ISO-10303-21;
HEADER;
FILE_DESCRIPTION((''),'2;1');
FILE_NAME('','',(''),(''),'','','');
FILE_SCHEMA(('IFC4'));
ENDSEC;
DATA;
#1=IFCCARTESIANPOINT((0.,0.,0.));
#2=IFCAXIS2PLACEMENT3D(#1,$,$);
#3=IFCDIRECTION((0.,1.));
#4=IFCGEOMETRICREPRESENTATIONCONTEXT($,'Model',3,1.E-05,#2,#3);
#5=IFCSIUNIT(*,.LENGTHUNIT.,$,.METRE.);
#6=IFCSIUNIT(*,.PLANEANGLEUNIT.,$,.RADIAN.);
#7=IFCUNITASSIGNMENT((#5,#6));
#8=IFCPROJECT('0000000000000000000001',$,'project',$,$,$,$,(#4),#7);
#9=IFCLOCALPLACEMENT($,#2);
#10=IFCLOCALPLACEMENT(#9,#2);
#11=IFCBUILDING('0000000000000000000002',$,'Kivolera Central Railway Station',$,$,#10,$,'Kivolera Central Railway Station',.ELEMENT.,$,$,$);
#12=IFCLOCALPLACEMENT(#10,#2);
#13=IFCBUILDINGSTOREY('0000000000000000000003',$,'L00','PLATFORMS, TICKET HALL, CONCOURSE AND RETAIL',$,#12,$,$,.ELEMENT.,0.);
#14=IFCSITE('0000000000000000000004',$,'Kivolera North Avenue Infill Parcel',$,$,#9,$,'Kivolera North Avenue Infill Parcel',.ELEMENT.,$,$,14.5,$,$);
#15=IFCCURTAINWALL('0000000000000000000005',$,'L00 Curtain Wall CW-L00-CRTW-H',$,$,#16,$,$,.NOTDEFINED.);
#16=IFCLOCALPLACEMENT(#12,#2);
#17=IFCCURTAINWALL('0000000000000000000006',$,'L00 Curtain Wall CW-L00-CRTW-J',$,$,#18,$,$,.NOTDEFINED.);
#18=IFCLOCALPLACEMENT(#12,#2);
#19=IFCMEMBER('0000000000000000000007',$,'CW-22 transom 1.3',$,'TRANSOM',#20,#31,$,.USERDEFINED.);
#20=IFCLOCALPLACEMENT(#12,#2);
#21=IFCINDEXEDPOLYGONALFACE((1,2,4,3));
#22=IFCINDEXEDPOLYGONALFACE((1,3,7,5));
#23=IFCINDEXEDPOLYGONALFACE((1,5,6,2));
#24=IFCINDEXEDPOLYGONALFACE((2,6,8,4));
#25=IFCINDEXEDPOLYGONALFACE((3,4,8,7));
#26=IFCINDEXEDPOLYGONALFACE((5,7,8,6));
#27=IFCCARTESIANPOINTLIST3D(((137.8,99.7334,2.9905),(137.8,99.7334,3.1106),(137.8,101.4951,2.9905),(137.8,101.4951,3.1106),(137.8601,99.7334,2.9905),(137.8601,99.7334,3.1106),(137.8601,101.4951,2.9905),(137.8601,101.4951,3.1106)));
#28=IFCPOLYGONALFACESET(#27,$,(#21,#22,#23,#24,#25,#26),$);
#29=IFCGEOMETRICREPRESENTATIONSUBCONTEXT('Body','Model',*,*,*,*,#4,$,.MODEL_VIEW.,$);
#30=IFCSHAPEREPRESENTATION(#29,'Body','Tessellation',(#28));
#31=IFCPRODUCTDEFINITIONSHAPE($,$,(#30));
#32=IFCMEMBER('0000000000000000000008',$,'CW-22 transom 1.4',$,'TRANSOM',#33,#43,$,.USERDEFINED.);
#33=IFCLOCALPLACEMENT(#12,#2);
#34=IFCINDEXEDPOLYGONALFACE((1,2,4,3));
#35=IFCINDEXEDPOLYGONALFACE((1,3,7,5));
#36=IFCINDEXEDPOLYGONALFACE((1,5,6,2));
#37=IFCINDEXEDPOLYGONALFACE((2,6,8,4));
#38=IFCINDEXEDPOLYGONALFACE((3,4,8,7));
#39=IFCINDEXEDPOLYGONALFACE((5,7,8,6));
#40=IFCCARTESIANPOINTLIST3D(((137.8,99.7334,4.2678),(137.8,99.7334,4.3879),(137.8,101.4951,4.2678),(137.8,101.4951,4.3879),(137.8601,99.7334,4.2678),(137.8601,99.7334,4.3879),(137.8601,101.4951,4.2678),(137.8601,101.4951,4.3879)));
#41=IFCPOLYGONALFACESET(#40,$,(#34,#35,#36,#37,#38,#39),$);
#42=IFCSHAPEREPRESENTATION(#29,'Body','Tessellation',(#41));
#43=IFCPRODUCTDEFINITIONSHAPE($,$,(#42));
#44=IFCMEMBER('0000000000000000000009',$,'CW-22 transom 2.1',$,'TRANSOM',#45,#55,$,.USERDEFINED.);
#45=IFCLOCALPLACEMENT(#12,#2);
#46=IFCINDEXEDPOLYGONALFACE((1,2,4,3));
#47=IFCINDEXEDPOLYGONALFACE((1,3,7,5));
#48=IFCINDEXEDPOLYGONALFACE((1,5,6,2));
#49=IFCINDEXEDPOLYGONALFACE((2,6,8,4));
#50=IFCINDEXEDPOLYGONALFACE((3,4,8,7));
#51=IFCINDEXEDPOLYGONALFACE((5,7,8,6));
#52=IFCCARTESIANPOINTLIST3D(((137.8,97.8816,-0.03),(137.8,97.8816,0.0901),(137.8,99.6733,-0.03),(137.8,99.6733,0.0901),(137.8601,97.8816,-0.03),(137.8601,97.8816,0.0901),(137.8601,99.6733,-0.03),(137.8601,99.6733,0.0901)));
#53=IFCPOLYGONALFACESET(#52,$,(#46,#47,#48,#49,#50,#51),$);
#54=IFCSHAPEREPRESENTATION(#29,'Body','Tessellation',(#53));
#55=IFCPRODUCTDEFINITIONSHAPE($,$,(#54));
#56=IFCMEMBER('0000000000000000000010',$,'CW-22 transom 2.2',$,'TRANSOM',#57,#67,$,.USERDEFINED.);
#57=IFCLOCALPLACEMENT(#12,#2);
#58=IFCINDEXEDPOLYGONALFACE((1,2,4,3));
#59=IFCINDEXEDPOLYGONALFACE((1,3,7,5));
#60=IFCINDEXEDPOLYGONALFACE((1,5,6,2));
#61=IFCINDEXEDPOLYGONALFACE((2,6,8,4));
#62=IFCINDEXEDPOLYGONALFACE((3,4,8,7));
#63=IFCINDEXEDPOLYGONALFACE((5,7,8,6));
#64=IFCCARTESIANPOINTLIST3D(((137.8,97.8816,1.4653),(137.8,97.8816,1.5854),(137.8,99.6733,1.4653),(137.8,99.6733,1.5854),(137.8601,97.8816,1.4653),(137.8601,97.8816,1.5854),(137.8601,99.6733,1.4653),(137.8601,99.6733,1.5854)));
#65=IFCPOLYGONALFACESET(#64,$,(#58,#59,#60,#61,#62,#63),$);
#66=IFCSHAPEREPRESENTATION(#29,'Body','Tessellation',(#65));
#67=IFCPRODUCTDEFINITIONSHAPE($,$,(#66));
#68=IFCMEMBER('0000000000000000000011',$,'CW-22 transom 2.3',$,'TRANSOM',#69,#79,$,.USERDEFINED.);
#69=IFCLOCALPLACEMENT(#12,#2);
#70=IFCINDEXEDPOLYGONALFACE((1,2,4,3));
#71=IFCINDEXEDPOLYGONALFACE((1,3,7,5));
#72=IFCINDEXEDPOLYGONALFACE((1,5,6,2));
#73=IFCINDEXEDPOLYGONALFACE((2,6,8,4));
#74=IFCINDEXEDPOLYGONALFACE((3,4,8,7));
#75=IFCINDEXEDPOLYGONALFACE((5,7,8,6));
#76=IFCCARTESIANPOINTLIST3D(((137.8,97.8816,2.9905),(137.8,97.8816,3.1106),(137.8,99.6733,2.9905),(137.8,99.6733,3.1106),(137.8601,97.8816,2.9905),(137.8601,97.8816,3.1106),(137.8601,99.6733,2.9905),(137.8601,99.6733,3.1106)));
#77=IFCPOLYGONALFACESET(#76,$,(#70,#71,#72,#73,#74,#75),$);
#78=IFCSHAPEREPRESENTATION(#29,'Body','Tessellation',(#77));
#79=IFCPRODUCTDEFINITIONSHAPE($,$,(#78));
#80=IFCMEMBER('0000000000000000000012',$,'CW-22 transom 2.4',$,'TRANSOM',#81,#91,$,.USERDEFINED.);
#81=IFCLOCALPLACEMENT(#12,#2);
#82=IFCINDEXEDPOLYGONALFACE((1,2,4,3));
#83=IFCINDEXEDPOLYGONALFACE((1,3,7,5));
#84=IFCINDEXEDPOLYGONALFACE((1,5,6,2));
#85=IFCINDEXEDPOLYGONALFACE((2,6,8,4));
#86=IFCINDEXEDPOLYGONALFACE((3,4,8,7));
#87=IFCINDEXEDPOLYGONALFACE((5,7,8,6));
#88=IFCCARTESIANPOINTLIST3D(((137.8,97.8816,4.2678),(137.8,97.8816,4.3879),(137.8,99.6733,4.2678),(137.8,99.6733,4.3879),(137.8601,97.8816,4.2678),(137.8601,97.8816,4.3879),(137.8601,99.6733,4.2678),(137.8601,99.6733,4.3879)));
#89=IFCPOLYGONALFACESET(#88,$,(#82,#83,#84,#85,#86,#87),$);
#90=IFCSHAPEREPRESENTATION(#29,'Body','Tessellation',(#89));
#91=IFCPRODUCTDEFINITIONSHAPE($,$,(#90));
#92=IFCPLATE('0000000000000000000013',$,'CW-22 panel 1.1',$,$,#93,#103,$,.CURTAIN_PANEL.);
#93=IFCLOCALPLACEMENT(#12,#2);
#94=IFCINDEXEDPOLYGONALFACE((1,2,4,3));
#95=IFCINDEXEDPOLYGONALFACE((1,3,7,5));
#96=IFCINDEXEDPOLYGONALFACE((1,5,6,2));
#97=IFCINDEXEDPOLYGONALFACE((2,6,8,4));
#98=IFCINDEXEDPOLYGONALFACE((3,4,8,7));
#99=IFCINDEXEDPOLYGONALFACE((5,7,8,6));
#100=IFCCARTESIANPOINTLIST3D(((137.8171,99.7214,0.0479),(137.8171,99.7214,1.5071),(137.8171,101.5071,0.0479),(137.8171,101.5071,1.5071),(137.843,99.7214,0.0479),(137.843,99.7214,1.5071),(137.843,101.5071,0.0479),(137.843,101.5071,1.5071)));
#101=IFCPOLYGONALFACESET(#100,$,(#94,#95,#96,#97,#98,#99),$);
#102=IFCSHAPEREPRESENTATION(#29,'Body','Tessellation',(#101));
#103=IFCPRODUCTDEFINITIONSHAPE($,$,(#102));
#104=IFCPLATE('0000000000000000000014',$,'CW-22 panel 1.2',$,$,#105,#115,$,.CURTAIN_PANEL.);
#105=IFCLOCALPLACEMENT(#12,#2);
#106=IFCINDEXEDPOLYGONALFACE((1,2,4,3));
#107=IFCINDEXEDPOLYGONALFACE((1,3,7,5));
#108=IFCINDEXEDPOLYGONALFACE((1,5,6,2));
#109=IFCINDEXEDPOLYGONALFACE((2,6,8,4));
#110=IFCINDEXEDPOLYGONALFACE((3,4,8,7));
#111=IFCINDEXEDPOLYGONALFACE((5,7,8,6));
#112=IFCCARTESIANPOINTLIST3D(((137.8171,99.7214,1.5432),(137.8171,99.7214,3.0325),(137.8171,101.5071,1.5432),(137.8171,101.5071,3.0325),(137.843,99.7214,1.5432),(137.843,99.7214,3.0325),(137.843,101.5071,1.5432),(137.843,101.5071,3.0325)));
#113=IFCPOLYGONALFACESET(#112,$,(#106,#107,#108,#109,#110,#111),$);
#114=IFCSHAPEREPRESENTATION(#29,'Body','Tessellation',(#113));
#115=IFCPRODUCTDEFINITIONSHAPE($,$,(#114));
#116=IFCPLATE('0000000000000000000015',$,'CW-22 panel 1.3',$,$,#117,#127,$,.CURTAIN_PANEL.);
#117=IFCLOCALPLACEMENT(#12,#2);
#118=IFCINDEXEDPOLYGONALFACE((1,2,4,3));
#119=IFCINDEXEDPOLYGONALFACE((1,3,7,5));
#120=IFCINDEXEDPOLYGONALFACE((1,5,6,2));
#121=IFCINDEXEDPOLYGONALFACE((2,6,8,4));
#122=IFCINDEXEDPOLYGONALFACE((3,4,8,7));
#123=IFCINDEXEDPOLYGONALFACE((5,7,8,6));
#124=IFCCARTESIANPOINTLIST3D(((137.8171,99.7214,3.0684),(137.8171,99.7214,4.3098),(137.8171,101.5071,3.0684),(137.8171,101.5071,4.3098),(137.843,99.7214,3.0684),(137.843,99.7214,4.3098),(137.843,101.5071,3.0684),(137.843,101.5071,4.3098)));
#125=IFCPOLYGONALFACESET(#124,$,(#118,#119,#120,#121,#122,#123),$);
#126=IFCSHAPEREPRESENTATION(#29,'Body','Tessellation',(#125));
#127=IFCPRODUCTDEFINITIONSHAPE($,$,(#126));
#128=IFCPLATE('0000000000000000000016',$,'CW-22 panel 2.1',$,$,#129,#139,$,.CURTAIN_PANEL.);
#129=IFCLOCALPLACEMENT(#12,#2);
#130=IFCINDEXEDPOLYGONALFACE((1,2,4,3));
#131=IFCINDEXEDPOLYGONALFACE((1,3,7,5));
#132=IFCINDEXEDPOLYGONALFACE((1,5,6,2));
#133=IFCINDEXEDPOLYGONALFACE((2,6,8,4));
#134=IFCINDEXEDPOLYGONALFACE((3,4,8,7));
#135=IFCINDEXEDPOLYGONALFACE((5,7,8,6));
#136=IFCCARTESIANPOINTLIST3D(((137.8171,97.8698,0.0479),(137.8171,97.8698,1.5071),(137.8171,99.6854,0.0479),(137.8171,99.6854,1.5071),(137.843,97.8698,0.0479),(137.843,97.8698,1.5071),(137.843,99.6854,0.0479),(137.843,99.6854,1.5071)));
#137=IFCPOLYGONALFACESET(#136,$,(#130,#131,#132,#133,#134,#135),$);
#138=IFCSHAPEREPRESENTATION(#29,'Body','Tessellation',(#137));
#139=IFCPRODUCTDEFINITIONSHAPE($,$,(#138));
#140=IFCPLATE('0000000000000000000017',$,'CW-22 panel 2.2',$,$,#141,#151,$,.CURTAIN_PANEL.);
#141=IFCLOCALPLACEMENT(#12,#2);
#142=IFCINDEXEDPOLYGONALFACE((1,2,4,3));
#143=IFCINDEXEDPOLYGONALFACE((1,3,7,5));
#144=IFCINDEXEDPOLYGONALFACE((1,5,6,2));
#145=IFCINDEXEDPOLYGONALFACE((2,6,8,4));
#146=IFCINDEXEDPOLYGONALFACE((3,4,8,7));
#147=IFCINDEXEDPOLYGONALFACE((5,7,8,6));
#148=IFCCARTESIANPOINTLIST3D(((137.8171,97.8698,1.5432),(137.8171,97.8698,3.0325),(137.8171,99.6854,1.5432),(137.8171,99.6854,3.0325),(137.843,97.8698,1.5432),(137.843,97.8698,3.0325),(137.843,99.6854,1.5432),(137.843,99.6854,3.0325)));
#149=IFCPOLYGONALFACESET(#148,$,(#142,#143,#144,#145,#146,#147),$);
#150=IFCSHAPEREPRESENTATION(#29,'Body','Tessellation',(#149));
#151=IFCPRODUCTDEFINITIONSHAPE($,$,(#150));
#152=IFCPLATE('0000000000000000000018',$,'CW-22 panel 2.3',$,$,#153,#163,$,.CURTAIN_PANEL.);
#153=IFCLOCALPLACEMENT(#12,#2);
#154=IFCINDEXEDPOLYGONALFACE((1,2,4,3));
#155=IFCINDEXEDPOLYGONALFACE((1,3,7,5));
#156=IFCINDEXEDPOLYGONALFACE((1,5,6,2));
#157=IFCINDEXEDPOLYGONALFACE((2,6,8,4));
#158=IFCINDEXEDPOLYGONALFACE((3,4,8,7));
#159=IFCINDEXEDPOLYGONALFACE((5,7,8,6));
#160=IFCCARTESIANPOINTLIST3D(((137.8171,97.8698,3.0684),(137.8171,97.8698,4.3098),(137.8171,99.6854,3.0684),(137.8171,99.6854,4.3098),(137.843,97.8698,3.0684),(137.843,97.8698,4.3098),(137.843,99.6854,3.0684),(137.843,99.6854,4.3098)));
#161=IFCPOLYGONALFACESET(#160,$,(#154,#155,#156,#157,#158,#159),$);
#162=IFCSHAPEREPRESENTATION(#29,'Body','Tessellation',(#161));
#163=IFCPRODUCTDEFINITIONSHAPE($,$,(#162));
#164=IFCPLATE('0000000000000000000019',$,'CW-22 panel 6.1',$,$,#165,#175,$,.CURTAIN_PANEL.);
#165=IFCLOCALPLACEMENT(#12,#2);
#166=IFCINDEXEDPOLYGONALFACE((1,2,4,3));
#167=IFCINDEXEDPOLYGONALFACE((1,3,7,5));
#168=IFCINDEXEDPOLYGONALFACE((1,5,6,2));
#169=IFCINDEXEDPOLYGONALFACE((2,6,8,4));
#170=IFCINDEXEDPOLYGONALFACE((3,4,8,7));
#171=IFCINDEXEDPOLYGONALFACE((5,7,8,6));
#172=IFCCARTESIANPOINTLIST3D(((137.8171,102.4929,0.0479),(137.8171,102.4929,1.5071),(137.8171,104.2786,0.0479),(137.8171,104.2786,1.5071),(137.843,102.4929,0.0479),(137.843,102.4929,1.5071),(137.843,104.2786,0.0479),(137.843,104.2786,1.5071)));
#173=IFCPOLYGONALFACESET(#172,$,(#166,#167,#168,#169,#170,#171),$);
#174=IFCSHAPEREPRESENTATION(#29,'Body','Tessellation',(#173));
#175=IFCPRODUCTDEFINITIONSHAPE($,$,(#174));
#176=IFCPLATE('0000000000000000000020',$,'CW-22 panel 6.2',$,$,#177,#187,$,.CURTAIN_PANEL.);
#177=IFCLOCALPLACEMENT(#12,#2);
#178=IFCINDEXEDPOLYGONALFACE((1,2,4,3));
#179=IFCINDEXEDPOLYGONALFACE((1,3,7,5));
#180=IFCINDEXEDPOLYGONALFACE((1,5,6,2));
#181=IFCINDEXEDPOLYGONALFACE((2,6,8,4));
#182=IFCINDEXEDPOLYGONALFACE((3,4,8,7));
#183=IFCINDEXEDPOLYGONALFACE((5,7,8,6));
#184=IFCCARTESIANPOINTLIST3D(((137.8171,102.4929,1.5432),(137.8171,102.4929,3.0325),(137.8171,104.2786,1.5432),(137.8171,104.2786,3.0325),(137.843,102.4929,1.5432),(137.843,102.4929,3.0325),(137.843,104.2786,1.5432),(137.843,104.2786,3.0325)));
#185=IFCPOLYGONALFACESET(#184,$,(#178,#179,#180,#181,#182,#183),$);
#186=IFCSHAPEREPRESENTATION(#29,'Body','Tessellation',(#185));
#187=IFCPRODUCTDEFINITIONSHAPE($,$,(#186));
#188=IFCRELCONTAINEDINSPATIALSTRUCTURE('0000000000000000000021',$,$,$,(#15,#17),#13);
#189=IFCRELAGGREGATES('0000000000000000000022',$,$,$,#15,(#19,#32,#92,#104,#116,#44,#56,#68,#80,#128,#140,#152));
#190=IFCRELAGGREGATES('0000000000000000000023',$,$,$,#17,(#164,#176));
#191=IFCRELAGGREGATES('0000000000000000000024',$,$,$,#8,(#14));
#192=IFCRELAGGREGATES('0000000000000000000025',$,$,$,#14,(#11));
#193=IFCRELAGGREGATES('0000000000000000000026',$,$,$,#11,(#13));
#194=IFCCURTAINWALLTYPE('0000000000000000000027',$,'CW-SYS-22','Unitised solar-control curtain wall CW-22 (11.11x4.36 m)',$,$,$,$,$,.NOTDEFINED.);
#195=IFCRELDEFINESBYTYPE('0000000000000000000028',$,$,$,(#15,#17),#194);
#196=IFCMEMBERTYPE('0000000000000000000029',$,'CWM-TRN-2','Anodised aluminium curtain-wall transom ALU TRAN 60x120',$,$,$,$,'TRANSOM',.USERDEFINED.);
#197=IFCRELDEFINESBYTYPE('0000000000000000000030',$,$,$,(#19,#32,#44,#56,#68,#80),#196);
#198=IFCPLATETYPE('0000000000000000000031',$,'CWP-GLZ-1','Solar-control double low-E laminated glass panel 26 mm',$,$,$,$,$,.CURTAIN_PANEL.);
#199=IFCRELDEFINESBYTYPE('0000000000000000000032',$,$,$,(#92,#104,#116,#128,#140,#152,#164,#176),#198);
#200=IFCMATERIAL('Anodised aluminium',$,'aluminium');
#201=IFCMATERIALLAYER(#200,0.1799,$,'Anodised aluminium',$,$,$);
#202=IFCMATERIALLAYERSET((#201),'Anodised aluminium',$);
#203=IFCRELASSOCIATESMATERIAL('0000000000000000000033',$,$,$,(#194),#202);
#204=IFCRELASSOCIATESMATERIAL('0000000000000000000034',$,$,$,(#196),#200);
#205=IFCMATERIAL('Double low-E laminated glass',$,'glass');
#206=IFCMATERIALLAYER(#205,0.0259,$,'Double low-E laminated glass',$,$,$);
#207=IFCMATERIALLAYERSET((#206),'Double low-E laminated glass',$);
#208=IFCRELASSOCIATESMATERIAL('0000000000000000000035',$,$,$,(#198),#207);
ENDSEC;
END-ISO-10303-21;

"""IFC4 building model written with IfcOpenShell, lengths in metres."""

from ifc_helpers import new_model, si_unit, direction, frame, origin, origin_2d, place, context, subcontext, project, spatial, rectangle, extrude, material, layer, layer_set, material_profile, profile_set, type_object, element, aggregate, save


model = new_model("IFC4")

# Units and contexts
model_context = context("Model", 3, precision=1e-05, world=origin(), true_north=direction((0.0, 1.0)))
body_context = subcontext(model_context, "Body", "Model", "MODEL_VIEW")
ifc_project = project(units=[si_unit("LENGTHUNIT", "METRE"), si_unit("PLANEANGLEUNIT", "RADIAN")], contexts=[model_context])

# Site, building, storey
site_placement = place(None, origin())
site = spatial("IfcSite", under=ifc_project, at=site_placement, Name="Kivolera North Avenue Infill Parcel", LongName="Kivolera North Avenue Infill Parcel", CompositionType="ELEMENT", RefElevation=14.5)
building_placement = place(site_placement, origin())
building = spatial("IfcBuilding", under=site, at=building_placement, Name="Kivolera Central Railway Station", LongName="Kivolera Central Railway Station", CompositionType="ELEMENT")
storey_placement = place(building_placement, origin())
storey = spatial("IfcBuildingStorey", under=building, at=storey_placement, Name="L00", Description="PLATFORMS, TICKET HALL, CONCOURSE AND RETAIL", CompositionType="ELEMENT", Elevation=0.0)

# Curtain wall
ifc_material_1 = material(Name="Anodised aluminium", Category="aluminium")
ifc_layer_1 = layer(ifc_material_1, 0.1799, Name="Anodised aluminium")
ifc_layer_set_1 = layer_set([ifc_layer_1], Name="Anodised aluminium")
curtain_wall_type = type_object("IfcCurtainWallType", Name="CW-SYS-22", Description="Unitised solar-control curtain wall CW-22 (11.11x4.36 m)", PredefinedType="NOTDEFINED", material=ifc_layer_set_1)
curtain_wall_1_placement = place(storey_placement, origin())
curtain_wall_1 = element("IfcCurtainWall", 1, at=curtain_wall_1_placement, inside=storey, type_object=curtain_wall_type, Name="L00 Curtain Wall CW-L00-CRTW-H", PredefinedType="NOTDEFINED")

# Curtain wall
curtain_wall_2_placement = place(storey_placement, origin())
curtain_wall_2 = element("IfcCurtainWall", 2, at=curtain_wall_2_placement, inside=storey, type_object=curtain_wall_type, Name="L00 Curtain Wall CW-L00-CRTW-J", PredefinedType="NOTDEFINED")

# Members
ifc_material_profile_1 = material_profile(ifc_material_1, rectangle(XDim=0.0601, YDim=0.1201, at=origin_2d()), Name="ALU TRAN 60x120")
ifc_profile_set_1 = profile_set([ifc_material_profile_1], Name="Anodised aluminium")
member_type_1 = type_object("IfcMemberType", Name="CWM-TRN-2", Description="Anodised aluminium curtain-wall transom ALU TRAN 60x120", ElementType="TRANSOM", PredefinedType="USERDEFINED", material=ifc_profile_set_1)
member_1_placement = place(storey_placement, frame((137.8301, 101.4951, 3.0505), z_axis=(0.0, -1.0, 0.0), x_axis=(1.0, 0.0, 0.0)))
member_1 = element("IfcMember", 3, at=member_1_placement, type_object=member_type_1, Name="CW-22 transom 1.3", ObjectType="TRANSOM", PredefinedType="USERDEFINED", context=body_context, shape_type="SweptSolid", body=[
    extrude(rectangle(XDim=0.0601, YDim=0.1201, at=origin_2d()), origin(), (0.0, 0.0, 1.0), 1.7617),
])
member_2_placement = place(storey_placement, frame((137.8301, 101.4951, 4.3279), z_axis=(0.0, -1.0, 0.0), x_axis=(1.0, 0.0, 0.0)))
member_2 = element("IfcMember", 4, at=member_2_placement, type_object=member_type_1, Name="CW-22 transom 1.4", ObjectType="TRANSOM", PredefinedType="USERDEFINED", context=body_context, shape_type="SweptSolid", body=[
    extrude(rectangle(XDim=0.0601, YDim=0.1201, at=origin_2d()), origin(), (0.0, 0.0, 1.0), 1.7617),
])
member_3_placement = place(storey_placement, frame((137.8301, 99.6733, 0.03), z_axis=(0.0, -1.0, 0.0), x_axis=(1.0, 0.0, 0.0)))
member_3 = element("IfcMember", 5, at=member_3_placement, type_object=member_type_1, Name="CW-22 transom 2.1", ObjectType="TRANSOM", PredefinedType="USERDEFINED", context=body_context, shape_type="SweptSolid", body=[
    extrude(rectangle(XDim=0.0601, YDim=0.1201, at=origin_2d()), origin(), (0.0, 0.0, 1.0), 1.7917),
])
member_4_placement = place(storey_placement, frame((137.8301, 99.6733, 1.5254), z_axis=(0.0, -1.0, 0.0), x_axis=(1.0, 0.0, 0.0)))
member_4 = element("IfcMember", 6, at=member_4_placement, type_object=member_type_1, Name="CW-22 transom 2.2", ObjectType="TRANSOM", PredefinedType="USERDEFINED", context=body_context, shape_type="SweptSolid", body=[
    extrude(rectangle(XDim=0.0601, YDim=0.1201, at=origin_2d()), origin(), (0.0, 0.0, 1.0), 1.7917),
])
member_5_placement = place(storey_placement, frame((137.8301, 99.6733, 3.0505), z_axis=(0.0, -1.0, 0.0), x_axis=(1.0, 0.0, 0.0)))
member_5 = element("IfcMember", 7, at=member_5_placement, type_object=member_type_1, Name="CW-22 transom 2.3", ObjectType="TRANSOM", PredefinedType="USERDEFINED", context=body_context, shape_type="SweptSolid", body=[
    extrude(rectangle(XDim=0.0601, YDim=0.1201, at=origin_2d()), origin(), (0.0, 0.0, 1.0), 1.7917),
])
member_6_placement = place(storey_placement, frame((137.8301, 99.6733, 4.3279), z_axis=(0.0, -1.0, 0.0), x_axis=(1.0, 0.0, 0.0)))
member_6 = element("IfcMember", 8, at=member_6_placement, type_object=member_type_1, Name="CW-22 transom 2.4", ObjectType="TRANSOM", PredefinedType="USERDEFINED", context=body_context, shape_type="SweptSolid", body=[
    extrude(rectangle(XDim=0.0601, YDim=0.1201, at=origin_2d()), origin(), (0.0, 0.0, 1.0), 1.7917),
])

# Plates
ifc_material_2 = material(Name="Double low-E laminated glass", Category="glass")
ifc_layer_2 = layer(ifc_material_2, 0.0259, Name="Double low-E laminated glass")
ifc_layer_set_2 = layer_set([ifc_layer_2], Name="Double low-E laminated glass")
plate_type = type_object("IfcPlateType", Name="CWP-GLZ-1", Description="Solar-control double low-E laminated glass panel 26 mm", PredefinedType="CURTAIN_PANEL", material=ifc_layer_set_2)
plate_1_placement = place(storey_placement, frame((137.8301, 100.6143, 0.0479), z_axis=(0.0, 0.0, 1.0), x_axis=(0.0, -1.0, 0.0)))
plate_1 = element("IfcPlate", 9, at=plate_1_placement, type_object=plate_type, Name="CW-22 panel 1.1", PredefinedType="CURTAIN_PANEL", context=body_context, shape_type="SweptSolid", body=[
    extrude(rectangle(XDim=1.7856, YDim=0.0259, at=origin_2d()), origin(), (0.0, 0.0, 1.0), 1.4592),
])
plate_2_placement = place(storey_placement, frame((137.8301, 100.6143, 1.5432), z_axis=(0.0, 0.0, 1.0), x_axis=(0.0, -1.0, 0.0)))
plate_2 = element("IfcPlate", 10, at=plate_2_placement, type_object=plate_type, Name="CW-22 panel 1.2", PredefinedType="CURTAIN_PANEL", context=body_context, shape_type="SweptSolid", body=[
    extrude(rectangle(XDim=1.7856, YDim=0.0259, at=origin_2d()), origin(), (0.0, 0.0, 1.0), 1.4893),
])
plate_3_placement = place(storey_placement, frame((137.8301, 100.6143, 3.0684), z_axis=(0.0, 0.0, 1.0), x_axis=(0.0, -1.0, 0.0)))
plate_3 = element("IfcPlate", 11, at=plate_3_placement, type_object=plate_type, Name="CW-22 panel 1.3", PredefinedType="CURTAIN_PANEL", context=body_context, shape_type="SweptSolid", body=[
    extrude(rectangle(XDim=1.7856, YDim=0.0259, at=origin_2d()), origin(), (0.0, 0.0, 1.0), 1.2415),
])
plate_4_placement = place(storey_placement, frame((137.8301, 98.7776, 0.0479), z_axis=(0.0, 0.0, 1.0), x_axis=(0.0, -1.0, 0.0)))
plate_4 = element("IfcPlate", 12, at=plate_4_placement, type_object=plate_type, Name="CW-22 panel 2.1", PredefinedType="CURTAIN_PANEL", context=body_context, shape_type="SweptSolid", body=[
    extrude(rectangle(XDim=1.8157, YDim=0.0259, at=origin_2d()), origin(), (0.0, 0.0, 1.0), 1.4592),
])
plate_5_placement = place(storey_placement, frame((137.8301, 98.7776, 1.5432), z_axis=(0.0, 0.0, 1.0), x_axis=(0.0, -1.0, 0.0)))
plate_5 = element("IfcPlate", 13, at=plate_5_placement, type_object=plate_type, Name="CW-22 panel 2.2", PredefinedType="CURTAIN_PANEL", context=body_context, shape_type="SweptSolid", body=[
    extrude(rectangle(XDim=1.8157, YDim=0.0259, at=origin_2d()), origin(), (0.0, 0.0, 1.0), 1.4893),
])
plate_6_placement = place(storey_placement, frame((137.8301, 98.7776, 3.0684), z_axis=(0.0, 0.0, 1.0), x_axis=(0.0, -1.0, 0.0)))
plate_6 = element("IfcPlate", 14, at=plate_6_placement, type_object=plate_type, Name="CW-22 panel 2.3", PredefinedType="CURTAIN_PANEL", context=body_context, shape_type="SweptSolid", body=[
    extrude(rectangle(XDim=1.8157, YDim=0.0259, at=origin_2d()), origin(), (0.0, 0.0, 1.0), 1.2415),
])
aggregate(curtain_wall_1, [member_1, member_2, plate_1, plate_2, plate_3, member_3, member_4, member_5, member_6, plate_4, plate_5, plate_6])
plate_7_placement = place(storey_placement, frame((137.8301, 103.3857, 0.0479), z_axis=(0.0, 0.0, 1.0), x_axis=(0.0, -1.0, 0.0)))
plate_7 = element("IfcPlate", 15, at=plate_7_placement, type_object=plate_type, Name="CW-22 panel 6.1", PredefinedType="CURTAIN_PANEL", context=body_context, shape_type="SweptSolid", body=[
    extrude(rectangle(XDim=1.7856, YDim=0.0259, at=origin_2d()), origin(), (0.0, 0.0, 1.0), 1.4592),
])
plate_8_placement = place(storey_placement, frame((137.8301, 103.3857, 1.5432), z_axis=(0.0, 0.0, 1.0), x_axis=(0.0, -1.0, 0.0)))
plate_8 = element("IfcPlate", 16, at=plate_8_placement, type_object=plate_type, Name="CW-22 panel 6.2", PredefinedType="CURTAIN_PANEL", context=body_context, shape_type="SweptSolid", body=[
    extrude(rectangle(XDim=1.7856, YDim=0.0259, at=origin_2d()), origin(), (0.0, 0.0, 1.0), 1.4893),
])
aggregate(curtain_wall_2, [plate_7, plate_8])

save(model, "model.ifc")
